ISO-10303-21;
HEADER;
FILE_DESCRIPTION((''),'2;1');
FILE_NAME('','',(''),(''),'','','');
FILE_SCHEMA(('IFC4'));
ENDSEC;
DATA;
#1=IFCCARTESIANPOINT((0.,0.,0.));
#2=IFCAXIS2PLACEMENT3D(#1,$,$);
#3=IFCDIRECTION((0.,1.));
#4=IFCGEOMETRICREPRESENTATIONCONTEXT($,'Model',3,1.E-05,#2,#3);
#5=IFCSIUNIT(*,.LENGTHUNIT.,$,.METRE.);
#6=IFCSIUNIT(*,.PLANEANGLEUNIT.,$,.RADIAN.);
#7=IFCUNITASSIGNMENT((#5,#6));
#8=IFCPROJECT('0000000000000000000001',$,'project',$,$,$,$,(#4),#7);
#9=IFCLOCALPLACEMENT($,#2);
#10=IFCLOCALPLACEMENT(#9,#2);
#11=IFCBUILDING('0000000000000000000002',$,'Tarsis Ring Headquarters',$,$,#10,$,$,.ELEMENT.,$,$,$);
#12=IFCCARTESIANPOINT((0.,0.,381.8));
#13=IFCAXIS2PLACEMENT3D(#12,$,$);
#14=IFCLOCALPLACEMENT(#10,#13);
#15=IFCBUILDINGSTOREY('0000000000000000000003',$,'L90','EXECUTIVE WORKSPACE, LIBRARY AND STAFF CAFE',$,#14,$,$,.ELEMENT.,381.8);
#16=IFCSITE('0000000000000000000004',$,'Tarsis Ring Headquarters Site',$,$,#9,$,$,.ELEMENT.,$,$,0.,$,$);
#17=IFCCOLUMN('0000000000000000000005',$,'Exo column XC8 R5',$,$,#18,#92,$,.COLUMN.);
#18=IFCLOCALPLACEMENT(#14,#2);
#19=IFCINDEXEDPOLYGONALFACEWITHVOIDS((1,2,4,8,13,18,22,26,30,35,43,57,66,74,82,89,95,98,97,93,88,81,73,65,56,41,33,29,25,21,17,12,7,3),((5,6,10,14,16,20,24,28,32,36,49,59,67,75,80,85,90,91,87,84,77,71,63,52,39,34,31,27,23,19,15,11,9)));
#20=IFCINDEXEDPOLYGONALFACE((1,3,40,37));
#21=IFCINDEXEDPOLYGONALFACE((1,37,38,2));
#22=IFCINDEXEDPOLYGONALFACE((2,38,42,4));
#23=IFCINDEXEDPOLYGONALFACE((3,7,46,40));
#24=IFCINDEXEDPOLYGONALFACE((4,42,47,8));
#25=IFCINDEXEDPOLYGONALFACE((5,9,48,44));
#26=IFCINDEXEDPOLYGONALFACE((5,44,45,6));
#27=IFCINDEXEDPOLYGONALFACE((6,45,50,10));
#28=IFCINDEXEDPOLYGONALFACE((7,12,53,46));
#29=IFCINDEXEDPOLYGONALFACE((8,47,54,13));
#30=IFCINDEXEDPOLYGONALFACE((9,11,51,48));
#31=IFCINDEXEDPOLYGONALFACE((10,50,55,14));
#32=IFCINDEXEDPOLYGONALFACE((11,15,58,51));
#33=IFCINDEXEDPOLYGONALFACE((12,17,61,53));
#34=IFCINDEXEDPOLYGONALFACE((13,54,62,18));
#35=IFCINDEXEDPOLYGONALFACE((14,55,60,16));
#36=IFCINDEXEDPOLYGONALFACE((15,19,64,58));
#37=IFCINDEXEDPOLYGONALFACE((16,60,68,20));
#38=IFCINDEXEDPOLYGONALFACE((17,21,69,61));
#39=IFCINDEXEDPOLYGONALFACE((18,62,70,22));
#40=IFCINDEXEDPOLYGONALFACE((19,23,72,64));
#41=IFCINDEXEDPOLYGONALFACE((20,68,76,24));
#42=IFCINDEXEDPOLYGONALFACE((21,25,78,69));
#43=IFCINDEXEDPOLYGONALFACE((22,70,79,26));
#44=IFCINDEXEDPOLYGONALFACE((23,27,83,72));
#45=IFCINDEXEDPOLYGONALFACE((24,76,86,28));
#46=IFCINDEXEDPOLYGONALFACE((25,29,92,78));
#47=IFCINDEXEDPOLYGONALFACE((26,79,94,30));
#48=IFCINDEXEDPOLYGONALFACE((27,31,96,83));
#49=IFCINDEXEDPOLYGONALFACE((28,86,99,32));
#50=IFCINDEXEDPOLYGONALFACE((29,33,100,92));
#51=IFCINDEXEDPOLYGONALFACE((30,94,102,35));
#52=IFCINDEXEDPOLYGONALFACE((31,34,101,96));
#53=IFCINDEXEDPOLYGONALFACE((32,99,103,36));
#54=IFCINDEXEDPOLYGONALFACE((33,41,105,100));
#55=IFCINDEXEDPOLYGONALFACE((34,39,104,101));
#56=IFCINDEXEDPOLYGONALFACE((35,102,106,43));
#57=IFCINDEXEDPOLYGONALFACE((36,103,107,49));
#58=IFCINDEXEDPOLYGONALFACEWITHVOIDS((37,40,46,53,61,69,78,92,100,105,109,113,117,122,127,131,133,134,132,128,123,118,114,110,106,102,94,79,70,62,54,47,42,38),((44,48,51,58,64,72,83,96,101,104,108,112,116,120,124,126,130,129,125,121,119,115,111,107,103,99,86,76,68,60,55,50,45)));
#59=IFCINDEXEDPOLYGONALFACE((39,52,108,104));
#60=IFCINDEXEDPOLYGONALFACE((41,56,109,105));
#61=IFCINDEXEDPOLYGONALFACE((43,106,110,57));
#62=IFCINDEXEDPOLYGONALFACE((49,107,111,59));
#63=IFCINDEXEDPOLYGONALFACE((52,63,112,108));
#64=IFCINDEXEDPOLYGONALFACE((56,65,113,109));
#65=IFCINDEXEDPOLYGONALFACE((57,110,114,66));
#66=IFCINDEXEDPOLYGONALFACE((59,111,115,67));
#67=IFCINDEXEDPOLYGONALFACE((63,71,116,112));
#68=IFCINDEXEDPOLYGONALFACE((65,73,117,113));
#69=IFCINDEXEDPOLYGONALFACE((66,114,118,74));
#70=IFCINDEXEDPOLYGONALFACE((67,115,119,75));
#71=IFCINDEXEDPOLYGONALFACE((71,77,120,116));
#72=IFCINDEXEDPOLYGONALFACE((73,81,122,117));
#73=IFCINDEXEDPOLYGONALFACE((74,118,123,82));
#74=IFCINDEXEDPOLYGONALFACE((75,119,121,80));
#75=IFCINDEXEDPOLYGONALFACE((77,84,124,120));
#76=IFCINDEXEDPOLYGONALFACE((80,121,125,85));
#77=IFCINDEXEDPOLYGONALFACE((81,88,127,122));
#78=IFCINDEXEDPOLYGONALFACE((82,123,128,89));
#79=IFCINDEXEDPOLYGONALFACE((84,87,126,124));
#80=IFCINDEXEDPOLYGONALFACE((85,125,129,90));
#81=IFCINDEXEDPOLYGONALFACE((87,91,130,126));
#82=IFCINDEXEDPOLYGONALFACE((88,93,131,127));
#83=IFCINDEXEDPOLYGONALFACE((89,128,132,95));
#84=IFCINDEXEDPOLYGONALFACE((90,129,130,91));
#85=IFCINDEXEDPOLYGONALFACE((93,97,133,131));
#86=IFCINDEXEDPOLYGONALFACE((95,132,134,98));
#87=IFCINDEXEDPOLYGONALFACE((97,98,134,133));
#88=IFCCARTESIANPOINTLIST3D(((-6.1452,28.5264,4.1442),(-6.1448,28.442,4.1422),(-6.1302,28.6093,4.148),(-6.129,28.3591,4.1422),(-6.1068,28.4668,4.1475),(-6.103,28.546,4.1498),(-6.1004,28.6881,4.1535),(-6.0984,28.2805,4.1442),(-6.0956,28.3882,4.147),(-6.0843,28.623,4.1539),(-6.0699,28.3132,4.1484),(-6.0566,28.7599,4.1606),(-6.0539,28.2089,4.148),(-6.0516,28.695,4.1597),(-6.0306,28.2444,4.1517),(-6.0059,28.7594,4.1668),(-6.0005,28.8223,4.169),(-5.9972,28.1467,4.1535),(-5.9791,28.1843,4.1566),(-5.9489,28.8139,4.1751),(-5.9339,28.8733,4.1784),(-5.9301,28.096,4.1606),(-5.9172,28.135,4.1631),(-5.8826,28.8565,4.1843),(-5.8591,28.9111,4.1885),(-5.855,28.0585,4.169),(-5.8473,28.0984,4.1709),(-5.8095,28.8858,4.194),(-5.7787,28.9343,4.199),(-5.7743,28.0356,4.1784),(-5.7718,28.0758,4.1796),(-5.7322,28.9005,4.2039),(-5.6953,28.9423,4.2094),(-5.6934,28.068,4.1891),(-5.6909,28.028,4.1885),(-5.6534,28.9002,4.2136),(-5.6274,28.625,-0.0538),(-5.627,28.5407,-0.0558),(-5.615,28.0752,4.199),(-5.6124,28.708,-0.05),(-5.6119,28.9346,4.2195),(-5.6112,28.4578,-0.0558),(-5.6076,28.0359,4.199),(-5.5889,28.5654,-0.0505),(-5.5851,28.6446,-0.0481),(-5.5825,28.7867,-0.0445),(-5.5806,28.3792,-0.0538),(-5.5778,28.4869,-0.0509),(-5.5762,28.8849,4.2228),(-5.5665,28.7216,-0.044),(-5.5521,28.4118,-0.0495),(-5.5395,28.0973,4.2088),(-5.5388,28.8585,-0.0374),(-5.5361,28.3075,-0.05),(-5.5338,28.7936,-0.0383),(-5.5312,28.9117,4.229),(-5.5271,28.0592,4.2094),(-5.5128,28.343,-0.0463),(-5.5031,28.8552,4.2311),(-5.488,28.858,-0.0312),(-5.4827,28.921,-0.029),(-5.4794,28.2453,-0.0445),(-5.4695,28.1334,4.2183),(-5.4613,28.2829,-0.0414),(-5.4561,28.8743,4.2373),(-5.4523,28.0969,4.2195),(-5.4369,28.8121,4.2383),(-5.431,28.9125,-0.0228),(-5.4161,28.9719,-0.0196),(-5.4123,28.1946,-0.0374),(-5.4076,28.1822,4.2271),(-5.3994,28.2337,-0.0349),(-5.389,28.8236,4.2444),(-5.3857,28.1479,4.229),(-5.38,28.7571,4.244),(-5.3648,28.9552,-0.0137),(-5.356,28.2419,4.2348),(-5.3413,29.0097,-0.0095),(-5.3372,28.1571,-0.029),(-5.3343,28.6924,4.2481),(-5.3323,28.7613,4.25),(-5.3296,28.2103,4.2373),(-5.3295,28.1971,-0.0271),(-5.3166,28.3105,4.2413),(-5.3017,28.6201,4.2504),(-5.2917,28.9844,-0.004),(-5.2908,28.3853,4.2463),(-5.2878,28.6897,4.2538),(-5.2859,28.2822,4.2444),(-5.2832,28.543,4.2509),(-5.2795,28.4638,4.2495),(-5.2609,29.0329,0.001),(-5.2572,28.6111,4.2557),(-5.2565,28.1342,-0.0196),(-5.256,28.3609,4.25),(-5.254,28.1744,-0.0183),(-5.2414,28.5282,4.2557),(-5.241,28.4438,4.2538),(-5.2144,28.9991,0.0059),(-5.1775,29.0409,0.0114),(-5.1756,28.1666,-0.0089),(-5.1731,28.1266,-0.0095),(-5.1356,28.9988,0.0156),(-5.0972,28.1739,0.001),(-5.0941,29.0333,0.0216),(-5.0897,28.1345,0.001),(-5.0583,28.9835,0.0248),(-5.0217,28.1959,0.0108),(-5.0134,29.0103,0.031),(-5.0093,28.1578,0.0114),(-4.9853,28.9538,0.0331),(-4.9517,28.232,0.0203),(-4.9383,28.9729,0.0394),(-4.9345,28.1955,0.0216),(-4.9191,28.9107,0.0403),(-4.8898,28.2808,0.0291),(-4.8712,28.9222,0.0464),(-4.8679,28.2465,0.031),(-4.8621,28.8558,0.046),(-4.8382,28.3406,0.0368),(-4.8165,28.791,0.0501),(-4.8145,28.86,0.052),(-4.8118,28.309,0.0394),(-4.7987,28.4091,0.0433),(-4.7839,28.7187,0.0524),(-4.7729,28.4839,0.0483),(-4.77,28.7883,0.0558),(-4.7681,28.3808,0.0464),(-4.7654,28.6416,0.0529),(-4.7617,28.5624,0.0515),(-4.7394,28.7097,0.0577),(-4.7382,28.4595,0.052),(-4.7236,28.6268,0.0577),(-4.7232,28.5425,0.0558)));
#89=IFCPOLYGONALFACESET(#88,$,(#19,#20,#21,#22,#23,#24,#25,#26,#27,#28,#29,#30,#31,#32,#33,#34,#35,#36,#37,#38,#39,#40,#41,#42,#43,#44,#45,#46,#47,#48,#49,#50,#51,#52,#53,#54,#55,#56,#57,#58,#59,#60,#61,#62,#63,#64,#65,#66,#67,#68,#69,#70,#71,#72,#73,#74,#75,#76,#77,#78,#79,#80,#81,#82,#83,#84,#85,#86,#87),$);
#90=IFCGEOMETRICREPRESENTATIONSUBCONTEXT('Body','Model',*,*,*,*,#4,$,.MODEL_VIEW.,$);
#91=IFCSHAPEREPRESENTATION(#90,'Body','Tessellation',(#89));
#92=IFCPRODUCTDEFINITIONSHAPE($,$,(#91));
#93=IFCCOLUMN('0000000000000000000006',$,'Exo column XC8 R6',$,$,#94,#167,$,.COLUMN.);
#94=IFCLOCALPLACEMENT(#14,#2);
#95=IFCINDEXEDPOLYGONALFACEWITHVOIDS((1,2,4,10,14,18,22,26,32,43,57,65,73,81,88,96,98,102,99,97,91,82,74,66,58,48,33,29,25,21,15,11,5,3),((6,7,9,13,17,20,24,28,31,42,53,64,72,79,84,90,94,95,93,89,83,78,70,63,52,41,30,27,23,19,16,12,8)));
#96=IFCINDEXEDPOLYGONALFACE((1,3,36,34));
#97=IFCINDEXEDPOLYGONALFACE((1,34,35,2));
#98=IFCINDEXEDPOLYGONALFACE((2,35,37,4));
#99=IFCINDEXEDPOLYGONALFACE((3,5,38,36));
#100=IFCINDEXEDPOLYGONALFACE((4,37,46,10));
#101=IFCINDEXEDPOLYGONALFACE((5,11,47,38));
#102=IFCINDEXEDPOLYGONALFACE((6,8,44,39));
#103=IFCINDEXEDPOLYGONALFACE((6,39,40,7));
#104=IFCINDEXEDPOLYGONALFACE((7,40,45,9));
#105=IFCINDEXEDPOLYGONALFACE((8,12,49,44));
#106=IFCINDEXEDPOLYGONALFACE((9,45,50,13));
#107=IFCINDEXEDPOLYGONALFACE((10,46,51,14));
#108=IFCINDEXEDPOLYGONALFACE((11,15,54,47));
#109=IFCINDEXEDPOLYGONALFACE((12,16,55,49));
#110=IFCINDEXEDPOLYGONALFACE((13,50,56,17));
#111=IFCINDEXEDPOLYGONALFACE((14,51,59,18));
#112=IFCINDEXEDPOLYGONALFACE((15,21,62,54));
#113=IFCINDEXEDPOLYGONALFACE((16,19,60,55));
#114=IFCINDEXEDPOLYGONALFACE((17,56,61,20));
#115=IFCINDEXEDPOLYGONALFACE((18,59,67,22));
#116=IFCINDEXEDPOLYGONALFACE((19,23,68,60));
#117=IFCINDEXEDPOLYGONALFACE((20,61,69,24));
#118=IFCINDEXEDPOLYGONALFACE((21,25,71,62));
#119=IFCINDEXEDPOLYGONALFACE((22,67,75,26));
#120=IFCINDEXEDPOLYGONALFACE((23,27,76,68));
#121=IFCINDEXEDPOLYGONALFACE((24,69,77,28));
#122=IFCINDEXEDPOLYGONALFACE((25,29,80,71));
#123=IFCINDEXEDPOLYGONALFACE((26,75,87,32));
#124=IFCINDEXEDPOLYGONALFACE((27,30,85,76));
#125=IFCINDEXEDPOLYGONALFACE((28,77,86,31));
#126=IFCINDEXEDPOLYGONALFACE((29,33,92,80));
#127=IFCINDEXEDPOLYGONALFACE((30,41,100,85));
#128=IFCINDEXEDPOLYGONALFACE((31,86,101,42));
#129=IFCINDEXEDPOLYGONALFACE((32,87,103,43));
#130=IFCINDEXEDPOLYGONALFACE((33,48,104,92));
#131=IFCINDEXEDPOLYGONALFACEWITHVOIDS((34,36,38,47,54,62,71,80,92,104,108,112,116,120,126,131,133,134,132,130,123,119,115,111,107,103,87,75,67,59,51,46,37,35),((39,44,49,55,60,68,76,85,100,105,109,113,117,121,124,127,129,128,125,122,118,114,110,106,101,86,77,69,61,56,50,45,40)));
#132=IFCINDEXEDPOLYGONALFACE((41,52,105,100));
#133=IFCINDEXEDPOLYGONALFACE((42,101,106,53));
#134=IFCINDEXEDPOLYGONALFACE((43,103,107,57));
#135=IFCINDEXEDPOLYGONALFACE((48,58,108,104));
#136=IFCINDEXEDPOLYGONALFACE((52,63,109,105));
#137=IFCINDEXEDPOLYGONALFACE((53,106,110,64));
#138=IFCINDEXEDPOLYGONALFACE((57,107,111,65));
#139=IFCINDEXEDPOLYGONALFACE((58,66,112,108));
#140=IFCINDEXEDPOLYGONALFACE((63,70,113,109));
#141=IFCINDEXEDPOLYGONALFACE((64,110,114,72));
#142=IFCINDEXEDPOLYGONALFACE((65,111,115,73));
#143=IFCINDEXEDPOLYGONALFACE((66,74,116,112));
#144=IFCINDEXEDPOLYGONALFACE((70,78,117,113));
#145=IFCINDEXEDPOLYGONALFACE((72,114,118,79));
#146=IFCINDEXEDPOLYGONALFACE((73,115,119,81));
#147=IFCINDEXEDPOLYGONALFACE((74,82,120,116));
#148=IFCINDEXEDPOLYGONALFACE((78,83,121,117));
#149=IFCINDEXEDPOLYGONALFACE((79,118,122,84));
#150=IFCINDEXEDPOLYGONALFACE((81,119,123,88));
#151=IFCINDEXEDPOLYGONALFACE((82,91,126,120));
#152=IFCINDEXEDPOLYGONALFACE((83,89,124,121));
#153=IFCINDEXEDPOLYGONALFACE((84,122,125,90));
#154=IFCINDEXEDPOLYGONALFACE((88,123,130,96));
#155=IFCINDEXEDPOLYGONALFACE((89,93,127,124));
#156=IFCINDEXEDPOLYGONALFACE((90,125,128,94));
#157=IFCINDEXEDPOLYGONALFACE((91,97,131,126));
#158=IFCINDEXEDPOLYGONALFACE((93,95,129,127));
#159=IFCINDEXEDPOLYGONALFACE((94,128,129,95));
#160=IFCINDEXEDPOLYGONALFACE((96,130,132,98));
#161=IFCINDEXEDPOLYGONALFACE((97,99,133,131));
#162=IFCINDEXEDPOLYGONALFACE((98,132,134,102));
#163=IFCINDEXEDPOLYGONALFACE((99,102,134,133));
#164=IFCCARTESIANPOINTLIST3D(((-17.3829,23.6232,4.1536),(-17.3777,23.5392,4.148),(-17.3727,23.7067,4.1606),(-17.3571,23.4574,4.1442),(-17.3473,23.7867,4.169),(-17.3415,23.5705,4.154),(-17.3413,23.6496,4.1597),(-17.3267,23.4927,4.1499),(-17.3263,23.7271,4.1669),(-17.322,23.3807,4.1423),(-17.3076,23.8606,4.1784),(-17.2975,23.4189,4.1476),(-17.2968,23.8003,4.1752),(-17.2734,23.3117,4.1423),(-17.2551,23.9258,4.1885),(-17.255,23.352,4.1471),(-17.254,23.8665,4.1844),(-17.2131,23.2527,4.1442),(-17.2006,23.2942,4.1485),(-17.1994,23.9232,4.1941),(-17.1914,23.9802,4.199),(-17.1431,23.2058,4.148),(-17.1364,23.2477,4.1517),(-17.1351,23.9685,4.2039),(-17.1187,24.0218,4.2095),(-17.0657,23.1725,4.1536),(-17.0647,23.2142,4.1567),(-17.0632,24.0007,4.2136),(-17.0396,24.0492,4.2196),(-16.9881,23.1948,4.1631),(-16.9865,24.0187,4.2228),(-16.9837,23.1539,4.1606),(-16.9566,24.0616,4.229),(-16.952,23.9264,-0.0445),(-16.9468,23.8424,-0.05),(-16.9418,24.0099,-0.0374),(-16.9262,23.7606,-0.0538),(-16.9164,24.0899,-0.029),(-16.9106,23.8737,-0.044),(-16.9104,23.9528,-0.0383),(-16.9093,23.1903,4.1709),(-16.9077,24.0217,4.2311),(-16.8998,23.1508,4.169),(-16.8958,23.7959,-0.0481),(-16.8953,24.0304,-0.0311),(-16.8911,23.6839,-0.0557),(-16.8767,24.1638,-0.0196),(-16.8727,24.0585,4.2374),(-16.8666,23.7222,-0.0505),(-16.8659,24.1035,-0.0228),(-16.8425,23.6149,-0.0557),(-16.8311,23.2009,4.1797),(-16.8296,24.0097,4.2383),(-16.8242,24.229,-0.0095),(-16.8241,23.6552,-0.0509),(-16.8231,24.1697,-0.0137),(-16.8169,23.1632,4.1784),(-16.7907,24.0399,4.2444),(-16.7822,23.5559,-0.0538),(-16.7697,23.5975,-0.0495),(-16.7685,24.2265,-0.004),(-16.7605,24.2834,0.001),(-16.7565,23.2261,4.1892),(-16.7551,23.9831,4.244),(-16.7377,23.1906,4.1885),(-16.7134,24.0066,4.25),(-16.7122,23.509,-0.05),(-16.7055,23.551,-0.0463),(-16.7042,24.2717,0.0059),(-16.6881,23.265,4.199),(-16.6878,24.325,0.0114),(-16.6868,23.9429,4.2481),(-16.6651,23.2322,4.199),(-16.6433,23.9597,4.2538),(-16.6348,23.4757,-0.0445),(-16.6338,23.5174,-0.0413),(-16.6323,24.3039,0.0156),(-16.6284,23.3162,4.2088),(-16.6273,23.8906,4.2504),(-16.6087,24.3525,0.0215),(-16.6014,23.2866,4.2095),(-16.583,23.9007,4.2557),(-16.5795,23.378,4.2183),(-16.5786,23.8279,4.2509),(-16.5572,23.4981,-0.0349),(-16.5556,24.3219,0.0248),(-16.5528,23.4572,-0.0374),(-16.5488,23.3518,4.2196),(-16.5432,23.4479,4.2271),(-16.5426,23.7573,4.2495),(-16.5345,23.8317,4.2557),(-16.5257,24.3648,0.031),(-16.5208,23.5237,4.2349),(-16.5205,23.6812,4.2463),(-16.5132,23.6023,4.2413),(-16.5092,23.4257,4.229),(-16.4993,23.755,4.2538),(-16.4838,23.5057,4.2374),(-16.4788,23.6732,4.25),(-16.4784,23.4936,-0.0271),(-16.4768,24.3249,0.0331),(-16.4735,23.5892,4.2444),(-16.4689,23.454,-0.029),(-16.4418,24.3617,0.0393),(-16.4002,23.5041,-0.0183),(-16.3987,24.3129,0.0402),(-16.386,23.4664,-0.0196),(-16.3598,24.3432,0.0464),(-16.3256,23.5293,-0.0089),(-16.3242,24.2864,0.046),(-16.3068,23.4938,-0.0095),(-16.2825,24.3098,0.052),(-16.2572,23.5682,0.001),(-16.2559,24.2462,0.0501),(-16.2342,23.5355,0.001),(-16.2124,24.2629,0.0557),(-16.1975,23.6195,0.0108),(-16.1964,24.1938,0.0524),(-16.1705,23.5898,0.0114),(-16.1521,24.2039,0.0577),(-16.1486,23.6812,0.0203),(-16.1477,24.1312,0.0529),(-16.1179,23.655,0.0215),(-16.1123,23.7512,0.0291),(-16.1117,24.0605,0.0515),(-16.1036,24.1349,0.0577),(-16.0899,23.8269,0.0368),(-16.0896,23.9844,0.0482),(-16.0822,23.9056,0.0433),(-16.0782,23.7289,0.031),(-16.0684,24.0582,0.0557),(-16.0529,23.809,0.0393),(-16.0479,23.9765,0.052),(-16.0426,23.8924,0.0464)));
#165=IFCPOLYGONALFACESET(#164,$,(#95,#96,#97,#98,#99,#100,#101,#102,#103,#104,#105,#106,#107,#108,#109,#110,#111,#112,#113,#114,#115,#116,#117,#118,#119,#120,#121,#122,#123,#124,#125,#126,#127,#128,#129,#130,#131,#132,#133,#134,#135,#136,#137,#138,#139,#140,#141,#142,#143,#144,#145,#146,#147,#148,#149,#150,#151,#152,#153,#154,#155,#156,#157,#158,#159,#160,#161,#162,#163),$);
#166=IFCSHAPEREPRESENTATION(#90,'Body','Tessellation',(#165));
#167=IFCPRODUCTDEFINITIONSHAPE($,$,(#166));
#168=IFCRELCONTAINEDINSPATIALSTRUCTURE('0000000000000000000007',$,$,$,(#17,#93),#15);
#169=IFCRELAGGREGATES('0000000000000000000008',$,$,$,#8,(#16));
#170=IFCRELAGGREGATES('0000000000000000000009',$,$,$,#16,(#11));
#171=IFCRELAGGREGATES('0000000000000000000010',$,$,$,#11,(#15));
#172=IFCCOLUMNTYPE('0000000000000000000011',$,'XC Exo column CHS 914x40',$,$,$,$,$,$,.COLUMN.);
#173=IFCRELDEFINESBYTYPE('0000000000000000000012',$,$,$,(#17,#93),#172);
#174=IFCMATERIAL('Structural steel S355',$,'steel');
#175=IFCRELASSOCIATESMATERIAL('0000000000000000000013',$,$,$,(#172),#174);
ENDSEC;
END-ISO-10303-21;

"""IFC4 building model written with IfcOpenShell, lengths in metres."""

from ifc_helpers import new_model, si_unit, direction, frame, origin, origin_2d, place, context, subcontext, project, spatial, hollow_circle, extrude, material, material_profile, profile_set, type_object, element, save


model = new_model("IFC4")

# Units and contexts
model_context = context("Model", 3, precision=1e-05, world=origin(), true_north=direction((0.0, 1.0)))
body_context = subcontext(model_context, "Body", "Model", "MODEL_VIEW")
ifc_project = project(units=[si_unit("LENGTHUNIT", "METRE"), si_unit("PLANEANGLEUNIT", "RADIAN")], contexts=[model_context])

# Site, building, storey
site_placement = place(None, origin())
site = spatial("IfcSite", under=ifc_project, at=site_placement, Name="Tarsis Ring Headquarters Site", CompositionType="ELEMENT", RefElevation=0.0)
building_placement = place(site_placement, origin())
building = spatial("IfcBuilding", under=site, at=building_placement, Name="Tarsis Ring Headquarters", CompositionType="ELEMENT")
storey_placement = place(building_placement, frame((0.0, 0.0, 381.8)))
storey = spatial("IfcBuildingStorey", under=building, at=storey_placement, Name="L90", Description="EXECUTIVE WORKSPACE, LIBRARY AND STAFF CAFE", CompositionType="ELEMENT", Elevation=381.8)

# Columns
ifc_material_1 = material(Name="Structural steel S355", Category="steel")
ifc_material_profile_1 = material_profile(ifc_material_1, hollow_circle(Radius=0.457, WallThickness=0.04, at=origin_2d()), Name="CHS 914x40")
ifc_profile_set_1 = profile_set([ifc_material_profile_1], Name="Structural steel S355")
column_type = type_object("IfcColumnType", Name="XC Exo column CHS 914x40", PredefinedType="COLUMN", material=ifc_profile_set_1)
for number, where, z_axis, x_axis, name in (
    (1, (-5.1753, 28.5837, 0.001), (-0.122389, -0.023312, 0.992208), (0.187112, -0.982339, 0.0), "Exo column XC8 R5"),
    (2, (-16.4973, 23.9094, 0.001), (-0.101847, -0.071668, 0.992215), (0.575482, -0.817814, 0.0), "Exo column XC8 R6"),
):
    element("IfcColumn", number, at=place(storey_placement, frame(where, z_axis=z_axis, x_axis=x_axis)), inside=storey, type_object=column_type, Name=name, PredefinedType="COLUMN", context=body_context, shape_type="SweptSolid", body=[
        extrude(hollow_circle(Radius=0.4573, WallThickness=0.04, at=origin_2d()), origin(), (0.0, 0.0, 1.0), 4.231),
    ])

save(model, "model.ifc")
